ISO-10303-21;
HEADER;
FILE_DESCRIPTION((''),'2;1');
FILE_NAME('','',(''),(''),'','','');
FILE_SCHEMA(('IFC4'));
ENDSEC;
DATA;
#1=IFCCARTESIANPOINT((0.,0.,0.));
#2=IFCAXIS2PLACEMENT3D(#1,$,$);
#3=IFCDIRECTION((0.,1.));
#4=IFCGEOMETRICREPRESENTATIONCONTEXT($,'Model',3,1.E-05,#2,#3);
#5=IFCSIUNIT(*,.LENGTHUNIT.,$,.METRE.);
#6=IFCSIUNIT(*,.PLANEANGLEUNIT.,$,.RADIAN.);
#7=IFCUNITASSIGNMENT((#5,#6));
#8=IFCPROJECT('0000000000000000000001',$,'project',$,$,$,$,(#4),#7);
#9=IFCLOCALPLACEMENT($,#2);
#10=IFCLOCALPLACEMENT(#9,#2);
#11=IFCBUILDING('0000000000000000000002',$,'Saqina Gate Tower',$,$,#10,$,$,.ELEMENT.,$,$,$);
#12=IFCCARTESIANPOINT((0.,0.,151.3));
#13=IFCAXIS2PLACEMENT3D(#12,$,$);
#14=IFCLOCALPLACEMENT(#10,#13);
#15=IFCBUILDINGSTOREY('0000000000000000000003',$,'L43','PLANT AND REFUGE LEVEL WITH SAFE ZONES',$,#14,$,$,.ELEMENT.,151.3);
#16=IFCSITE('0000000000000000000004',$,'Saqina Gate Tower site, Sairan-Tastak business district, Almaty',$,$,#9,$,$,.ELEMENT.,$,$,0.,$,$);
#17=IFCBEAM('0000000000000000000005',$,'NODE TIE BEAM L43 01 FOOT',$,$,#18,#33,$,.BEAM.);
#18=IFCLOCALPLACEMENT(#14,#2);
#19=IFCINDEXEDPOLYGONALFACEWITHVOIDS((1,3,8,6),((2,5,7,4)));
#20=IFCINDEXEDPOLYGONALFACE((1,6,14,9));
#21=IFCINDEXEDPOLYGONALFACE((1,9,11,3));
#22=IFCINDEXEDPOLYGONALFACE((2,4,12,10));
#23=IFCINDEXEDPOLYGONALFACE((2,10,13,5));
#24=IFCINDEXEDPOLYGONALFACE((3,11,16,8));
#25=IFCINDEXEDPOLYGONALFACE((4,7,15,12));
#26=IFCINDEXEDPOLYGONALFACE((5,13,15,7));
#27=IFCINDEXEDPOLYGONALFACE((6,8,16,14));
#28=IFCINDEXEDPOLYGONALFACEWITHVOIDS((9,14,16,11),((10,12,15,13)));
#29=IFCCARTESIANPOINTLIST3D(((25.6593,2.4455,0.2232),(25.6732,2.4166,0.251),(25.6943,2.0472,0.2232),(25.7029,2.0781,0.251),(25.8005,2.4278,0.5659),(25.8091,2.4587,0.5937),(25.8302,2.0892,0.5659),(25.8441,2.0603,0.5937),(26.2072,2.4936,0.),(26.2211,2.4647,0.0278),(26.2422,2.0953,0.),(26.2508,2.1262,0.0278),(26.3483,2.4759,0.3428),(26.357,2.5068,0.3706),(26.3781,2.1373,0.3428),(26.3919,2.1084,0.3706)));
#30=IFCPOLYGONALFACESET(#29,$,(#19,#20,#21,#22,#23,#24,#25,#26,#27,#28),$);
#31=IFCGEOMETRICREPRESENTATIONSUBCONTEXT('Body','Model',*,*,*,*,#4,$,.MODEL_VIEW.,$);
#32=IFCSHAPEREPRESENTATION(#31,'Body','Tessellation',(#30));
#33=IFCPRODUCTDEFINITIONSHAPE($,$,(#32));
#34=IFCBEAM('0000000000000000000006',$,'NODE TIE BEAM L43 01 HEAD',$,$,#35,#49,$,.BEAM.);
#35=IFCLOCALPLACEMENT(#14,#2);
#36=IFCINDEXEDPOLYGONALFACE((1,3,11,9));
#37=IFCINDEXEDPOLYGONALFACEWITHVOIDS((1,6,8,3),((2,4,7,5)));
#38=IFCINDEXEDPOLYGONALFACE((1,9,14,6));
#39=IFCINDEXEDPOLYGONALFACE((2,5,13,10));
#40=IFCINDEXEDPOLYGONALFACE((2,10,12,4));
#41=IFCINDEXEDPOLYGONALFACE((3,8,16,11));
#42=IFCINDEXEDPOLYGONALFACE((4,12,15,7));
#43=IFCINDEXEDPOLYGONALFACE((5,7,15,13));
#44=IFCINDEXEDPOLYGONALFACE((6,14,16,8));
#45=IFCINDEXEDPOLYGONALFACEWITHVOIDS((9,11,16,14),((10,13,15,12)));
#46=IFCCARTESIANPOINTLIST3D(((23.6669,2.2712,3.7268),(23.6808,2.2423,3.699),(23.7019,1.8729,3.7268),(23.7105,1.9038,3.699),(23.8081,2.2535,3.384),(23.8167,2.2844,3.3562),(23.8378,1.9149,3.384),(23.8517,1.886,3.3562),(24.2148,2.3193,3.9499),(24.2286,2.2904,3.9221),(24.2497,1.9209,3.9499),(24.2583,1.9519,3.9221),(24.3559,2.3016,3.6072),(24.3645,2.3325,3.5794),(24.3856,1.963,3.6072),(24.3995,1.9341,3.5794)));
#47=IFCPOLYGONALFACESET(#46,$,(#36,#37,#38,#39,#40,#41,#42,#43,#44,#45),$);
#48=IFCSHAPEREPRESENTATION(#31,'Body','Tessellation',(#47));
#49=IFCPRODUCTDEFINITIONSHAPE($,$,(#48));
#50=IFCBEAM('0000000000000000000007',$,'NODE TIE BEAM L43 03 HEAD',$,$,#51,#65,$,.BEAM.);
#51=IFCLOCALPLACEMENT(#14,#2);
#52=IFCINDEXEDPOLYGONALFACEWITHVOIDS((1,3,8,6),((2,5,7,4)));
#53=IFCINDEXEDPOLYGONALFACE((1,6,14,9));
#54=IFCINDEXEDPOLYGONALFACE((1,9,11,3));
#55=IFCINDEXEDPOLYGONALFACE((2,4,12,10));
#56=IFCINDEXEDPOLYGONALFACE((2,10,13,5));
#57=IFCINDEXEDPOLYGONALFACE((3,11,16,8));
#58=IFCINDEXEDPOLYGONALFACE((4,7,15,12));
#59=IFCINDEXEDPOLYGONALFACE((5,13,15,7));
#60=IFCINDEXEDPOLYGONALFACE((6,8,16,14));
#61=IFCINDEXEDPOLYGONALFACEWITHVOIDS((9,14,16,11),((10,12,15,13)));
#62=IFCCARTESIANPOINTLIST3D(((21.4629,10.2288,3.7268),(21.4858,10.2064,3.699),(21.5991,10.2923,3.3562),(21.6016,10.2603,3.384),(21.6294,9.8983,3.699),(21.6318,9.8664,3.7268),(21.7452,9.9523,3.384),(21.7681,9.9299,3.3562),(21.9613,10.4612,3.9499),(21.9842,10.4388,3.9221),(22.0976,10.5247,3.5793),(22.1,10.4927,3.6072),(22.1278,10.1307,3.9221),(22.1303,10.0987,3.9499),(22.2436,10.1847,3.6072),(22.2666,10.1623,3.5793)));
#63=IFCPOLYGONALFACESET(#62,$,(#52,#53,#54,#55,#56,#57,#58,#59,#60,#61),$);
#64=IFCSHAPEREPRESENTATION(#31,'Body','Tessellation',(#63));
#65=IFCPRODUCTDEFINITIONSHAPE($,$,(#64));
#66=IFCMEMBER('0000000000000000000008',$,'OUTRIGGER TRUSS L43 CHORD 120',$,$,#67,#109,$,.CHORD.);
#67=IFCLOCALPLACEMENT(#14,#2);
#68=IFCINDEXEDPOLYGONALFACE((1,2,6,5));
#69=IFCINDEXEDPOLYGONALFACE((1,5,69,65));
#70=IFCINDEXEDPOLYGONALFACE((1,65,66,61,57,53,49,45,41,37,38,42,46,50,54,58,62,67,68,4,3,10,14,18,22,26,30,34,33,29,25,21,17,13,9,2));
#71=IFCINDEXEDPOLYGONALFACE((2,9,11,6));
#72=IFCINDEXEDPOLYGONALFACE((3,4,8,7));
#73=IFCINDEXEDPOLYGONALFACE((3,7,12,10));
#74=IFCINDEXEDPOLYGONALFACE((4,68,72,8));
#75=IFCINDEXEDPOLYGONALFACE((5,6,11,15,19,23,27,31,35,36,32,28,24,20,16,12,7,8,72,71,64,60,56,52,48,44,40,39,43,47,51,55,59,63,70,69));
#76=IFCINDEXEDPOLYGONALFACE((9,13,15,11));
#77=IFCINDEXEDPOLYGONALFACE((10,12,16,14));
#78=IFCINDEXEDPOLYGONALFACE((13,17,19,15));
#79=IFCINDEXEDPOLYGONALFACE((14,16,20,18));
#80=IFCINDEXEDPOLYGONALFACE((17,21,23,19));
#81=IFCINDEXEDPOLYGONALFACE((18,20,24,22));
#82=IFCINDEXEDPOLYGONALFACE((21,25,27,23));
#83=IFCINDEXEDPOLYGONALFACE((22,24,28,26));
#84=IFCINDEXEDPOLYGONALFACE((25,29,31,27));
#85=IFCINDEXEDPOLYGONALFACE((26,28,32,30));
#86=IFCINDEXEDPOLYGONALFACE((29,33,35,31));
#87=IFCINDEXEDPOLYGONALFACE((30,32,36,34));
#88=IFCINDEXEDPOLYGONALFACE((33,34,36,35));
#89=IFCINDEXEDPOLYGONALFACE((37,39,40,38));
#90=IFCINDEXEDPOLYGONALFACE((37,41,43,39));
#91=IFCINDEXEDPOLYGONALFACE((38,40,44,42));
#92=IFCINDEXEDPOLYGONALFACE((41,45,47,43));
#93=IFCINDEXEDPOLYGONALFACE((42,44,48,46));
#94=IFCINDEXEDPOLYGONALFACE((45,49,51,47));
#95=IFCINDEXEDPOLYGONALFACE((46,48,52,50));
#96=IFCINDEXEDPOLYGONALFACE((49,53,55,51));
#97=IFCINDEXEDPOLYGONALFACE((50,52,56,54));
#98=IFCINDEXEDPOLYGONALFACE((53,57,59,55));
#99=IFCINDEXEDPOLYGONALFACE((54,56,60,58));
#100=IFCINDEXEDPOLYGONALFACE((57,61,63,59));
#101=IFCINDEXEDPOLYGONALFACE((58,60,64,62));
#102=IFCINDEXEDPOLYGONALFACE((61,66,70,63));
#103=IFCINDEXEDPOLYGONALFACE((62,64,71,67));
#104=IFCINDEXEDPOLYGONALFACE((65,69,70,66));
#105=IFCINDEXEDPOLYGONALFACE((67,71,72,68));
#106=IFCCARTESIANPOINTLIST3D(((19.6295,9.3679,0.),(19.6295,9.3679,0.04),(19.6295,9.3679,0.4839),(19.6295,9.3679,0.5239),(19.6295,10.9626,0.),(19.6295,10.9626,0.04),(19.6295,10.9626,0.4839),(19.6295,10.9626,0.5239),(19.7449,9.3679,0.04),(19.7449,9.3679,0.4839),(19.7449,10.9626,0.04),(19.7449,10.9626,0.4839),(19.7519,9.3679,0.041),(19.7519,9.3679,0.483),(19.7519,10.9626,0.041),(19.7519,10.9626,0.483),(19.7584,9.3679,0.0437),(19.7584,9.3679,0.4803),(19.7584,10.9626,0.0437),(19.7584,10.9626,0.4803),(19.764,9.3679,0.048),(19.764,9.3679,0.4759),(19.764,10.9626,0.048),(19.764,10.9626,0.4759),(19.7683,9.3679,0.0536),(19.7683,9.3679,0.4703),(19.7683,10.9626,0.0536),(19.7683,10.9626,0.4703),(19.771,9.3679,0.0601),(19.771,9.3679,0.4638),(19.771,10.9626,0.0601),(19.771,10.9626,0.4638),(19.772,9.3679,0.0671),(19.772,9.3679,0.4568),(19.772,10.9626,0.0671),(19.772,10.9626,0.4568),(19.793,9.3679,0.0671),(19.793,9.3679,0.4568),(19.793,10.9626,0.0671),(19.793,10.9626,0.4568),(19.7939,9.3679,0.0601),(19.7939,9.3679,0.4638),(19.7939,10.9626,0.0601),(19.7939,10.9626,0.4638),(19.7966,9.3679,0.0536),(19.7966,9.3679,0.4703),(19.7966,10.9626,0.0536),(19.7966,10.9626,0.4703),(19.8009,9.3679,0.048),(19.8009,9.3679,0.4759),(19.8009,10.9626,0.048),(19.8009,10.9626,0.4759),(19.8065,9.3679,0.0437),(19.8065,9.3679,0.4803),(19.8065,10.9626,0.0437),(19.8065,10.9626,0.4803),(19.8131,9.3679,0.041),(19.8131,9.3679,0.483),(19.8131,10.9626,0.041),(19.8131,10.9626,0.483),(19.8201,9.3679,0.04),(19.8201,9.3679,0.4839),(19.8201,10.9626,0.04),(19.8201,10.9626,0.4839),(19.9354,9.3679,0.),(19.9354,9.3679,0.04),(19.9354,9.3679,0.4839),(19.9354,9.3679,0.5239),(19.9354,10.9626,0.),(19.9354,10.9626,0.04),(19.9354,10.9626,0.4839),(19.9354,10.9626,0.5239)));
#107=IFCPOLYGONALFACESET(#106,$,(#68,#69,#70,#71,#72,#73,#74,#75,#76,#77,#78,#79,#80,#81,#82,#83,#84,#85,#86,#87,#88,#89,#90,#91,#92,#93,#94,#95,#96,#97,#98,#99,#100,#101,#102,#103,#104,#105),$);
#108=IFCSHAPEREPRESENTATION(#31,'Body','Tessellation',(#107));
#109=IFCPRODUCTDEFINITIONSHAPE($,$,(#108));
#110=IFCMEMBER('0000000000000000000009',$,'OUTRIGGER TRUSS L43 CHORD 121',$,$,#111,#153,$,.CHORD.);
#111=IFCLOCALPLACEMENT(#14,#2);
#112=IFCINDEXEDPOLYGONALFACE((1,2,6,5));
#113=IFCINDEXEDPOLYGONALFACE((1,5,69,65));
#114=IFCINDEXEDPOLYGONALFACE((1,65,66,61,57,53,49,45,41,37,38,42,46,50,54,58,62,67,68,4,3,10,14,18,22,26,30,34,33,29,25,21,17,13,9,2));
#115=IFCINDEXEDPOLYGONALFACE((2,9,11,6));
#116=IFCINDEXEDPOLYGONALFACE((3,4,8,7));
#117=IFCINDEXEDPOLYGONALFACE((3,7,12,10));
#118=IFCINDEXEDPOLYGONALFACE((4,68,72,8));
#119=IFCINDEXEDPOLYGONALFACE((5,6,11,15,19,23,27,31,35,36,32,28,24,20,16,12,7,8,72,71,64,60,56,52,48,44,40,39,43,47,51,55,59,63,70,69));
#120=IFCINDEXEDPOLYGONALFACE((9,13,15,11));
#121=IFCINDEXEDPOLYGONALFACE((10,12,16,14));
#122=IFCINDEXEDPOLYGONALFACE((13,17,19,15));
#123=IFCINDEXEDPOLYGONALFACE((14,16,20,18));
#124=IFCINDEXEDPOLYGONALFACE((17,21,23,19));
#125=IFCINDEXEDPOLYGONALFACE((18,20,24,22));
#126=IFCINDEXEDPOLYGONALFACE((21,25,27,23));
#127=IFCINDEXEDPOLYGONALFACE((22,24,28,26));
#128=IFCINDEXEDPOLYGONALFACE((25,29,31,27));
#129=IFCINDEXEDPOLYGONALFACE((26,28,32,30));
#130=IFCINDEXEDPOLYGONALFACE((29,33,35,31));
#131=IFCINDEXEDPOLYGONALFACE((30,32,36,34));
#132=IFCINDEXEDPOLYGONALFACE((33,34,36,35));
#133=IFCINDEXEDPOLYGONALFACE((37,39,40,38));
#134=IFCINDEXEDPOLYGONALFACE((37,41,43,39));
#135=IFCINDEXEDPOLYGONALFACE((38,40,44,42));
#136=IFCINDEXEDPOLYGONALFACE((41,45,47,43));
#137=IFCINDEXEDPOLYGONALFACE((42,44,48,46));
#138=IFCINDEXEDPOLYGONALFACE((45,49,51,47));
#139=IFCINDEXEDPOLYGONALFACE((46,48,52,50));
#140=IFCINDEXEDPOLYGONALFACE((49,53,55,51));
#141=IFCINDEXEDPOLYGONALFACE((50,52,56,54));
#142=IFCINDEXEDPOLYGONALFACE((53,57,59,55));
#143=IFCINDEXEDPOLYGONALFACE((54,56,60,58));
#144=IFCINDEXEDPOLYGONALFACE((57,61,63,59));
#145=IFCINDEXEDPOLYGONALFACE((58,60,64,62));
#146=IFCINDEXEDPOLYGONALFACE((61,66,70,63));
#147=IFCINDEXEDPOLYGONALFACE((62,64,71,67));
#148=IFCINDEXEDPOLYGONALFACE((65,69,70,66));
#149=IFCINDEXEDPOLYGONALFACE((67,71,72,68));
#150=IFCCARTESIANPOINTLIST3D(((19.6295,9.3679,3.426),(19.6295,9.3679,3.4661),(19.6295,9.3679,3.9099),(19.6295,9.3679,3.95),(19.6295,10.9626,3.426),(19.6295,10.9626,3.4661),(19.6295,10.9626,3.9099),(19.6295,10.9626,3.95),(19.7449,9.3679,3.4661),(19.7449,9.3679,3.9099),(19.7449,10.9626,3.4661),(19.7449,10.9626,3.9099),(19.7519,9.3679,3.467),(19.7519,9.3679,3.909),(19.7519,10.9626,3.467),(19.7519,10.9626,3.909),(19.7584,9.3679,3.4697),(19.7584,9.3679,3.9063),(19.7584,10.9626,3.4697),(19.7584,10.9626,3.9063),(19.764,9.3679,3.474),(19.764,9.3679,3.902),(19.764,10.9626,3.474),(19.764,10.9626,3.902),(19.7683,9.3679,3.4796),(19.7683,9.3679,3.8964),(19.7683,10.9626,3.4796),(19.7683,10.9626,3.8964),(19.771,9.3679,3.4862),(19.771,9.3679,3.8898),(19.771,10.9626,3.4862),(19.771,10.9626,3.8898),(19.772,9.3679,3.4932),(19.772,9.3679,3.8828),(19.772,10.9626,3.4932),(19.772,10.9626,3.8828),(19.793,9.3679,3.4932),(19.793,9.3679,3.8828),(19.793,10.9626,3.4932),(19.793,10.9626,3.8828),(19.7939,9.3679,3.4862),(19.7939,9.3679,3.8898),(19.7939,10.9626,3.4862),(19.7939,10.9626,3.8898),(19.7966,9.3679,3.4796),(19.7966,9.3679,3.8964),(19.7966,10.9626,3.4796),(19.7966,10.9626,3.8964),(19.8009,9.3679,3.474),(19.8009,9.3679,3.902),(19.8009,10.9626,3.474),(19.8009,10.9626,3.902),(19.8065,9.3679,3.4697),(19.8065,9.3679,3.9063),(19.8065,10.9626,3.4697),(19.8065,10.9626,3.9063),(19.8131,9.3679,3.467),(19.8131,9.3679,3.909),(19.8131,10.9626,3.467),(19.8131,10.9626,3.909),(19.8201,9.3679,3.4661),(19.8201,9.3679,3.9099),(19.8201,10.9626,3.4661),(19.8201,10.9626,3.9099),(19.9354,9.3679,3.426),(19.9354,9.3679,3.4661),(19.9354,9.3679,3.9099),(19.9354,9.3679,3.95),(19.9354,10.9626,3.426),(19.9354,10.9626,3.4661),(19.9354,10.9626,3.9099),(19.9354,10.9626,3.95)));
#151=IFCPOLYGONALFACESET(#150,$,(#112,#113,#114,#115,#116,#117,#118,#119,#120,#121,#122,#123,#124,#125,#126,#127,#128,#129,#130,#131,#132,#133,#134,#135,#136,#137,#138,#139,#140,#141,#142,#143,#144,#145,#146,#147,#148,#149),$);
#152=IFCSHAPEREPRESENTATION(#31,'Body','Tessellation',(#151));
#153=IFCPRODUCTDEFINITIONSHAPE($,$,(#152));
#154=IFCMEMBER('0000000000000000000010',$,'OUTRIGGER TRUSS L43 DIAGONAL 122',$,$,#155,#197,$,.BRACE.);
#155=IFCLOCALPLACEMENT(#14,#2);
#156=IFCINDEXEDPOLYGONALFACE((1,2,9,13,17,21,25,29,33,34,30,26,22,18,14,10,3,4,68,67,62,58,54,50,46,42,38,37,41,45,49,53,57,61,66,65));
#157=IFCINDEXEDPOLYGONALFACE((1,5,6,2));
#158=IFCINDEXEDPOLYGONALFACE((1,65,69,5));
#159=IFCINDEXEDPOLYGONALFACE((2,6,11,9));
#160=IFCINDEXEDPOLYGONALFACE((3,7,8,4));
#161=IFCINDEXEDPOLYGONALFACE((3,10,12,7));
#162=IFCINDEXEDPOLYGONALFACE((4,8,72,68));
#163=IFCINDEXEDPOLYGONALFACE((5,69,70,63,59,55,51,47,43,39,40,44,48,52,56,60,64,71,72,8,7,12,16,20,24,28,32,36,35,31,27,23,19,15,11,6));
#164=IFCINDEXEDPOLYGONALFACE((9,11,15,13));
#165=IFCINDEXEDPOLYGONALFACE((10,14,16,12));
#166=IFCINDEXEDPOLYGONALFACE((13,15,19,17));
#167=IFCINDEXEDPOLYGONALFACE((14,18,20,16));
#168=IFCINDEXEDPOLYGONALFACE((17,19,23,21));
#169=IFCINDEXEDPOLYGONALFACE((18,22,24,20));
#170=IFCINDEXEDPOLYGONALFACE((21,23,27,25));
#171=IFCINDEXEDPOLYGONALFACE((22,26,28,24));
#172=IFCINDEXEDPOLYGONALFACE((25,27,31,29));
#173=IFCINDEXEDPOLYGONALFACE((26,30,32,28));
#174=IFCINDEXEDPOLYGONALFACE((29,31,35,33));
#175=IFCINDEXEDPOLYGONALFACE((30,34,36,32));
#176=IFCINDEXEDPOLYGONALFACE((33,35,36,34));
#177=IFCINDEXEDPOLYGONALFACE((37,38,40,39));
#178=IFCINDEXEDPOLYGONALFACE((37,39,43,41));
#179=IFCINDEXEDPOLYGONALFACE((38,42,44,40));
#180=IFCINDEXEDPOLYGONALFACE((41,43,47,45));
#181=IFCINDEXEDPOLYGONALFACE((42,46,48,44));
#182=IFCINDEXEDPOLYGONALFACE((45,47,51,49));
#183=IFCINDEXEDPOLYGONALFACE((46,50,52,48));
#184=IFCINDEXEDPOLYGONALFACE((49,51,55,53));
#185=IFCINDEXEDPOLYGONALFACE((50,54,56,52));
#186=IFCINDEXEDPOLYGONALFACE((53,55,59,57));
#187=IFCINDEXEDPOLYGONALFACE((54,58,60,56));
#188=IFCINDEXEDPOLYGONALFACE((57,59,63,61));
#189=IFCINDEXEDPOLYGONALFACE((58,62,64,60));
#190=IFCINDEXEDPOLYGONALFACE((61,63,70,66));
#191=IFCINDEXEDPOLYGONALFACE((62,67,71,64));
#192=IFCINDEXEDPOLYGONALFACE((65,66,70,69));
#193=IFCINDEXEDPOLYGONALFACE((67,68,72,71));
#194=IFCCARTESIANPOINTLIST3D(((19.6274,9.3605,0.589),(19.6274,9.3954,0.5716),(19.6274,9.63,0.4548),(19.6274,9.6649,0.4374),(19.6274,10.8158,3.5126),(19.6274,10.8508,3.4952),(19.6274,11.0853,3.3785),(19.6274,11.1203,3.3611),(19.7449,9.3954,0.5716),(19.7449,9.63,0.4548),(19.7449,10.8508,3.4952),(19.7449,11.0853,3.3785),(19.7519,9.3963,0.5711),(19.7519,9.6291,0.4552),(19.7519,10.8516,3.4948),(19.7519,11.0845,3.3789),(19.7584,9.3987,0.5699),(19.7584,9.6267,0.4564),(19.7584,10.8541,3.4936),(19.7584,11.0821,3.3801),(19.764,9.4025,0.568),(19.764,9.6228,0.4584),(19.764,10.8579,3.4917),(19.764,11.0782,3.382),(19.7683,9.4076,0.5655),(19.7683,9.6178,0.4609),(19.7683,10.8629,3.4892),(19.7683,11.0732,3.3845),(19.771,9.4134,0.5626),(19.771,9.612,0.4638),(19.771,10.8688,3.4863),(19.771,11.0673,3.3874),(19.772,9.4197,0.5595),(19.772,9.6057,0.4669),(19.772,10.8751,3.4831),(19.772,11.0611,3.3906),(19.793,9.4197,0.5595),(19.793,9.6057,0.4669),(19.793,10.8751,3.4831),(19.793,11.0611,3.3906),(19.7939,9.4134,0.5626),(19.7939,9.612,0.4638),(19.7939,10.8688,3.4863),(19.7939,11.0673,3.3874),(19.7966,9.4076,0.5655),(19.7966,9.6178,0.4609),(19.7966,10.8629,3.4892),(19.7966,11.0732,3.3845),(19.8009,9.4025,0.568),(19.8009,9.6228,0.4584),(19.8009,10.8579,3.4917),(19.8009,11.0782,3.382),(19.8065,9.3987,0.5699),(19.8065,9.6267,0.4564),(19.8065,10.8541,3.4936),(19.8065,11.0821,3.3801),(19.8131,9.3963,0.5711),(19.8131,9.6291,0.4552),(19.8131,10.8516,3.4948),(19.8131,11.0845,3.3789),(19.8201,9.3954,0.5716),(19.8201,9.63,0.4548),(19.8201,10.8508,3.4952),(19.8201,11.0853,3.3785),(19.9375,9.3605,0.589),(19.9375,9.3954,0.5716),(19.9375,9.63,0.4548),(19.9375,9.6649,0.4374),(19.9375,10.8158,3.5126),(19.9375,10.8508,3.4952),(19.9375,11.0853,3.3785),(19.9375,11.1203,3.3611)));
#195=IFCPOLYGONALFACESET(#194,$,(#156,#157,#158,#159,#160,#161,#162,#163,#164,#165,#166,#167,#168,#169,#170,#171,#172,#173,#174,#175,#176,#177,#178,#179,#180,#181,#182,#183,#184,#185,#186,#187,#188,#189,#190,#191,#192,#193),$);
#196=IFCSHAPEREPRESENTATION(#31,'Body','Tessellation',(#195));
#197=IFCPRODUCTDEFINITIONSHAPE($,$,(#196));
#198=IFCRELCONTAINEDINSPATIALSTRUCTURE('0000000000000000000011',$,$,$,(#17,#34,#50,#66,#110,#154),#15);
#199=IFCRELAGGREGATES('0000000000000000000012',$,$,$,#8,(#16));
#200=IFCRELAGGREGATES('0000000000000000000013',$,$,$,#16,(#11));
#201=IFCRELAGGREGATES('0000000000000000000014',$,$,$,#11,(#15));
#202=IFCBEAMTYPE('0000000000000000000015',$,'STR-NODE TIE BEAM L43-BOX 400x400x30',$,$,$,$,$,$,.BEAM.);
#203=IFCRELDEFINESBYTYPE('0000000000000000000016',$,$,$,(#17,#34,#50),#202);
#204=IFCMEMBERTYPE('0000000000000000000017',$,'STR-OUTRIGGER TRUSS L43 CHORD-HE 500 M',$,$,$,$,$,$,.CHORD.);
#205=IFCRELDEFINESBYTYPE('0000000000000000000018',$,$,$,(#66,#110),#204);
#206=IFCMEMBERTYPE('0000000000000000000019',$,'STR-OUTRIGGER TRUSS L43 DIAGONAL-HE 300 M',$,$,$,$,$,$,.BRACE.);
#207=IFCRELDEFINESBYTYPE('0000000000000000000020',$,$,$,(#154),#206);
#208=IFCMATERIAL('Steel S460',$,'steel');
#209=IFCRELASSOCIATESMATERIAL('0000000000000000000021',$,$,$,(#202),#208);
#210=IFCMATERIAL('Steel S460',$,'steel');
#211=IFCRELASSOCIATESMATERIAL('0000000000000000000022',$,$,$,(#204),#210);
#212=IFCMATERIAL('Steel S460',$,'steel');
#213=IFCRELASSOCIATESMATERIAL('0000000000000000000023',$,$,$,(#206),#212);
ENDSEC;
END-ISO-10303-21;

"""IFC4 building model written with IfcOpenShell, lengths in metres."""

from ifc_helpers import new_model, si_unit, direction, frame, origin, origin_2d, place, context, subcontext, project, spatial, hollow_rectangle, i_section, extrude, material, material_profile, profile_set, type_object, element, save


model = new_model("IFC4")

# Units and contexts
model_context = context("Model", 3, precision=1e-05, world=origin(), true_north=direction((0.0, 1.0)))
body_context = subcontext(model_context, "Body", "Model", "MODEL_VIEW")
ifc_project = project(units=[si_unit("LENGTHUNIT", "METRE"), si_unit("PLANEANGLEUNIT", "RADIAN")], contexts=[model_context])

# Site, building, storey
site_placement = place(None, origin())
site = spatial("IfcSite", under=ifc_project, at=site_placement, Name="Saqina Gate Tower site, Sairan-Tastak business district, Almaty", CompositionType="ELEMENT", RefElevation=0.0)
building_placement = place(site_placement, origin())
building = spatial("IfcBuilding", under=site, at=building_placement, Name="Saqina Gate Tower", CompositionType="ELEMENT")
storey_placement = place(building_placement, frame((0.0, 0.0, 151.3)))
storey = spatial("IfcBuildingStorey", under=building, at=storey_placement, Name="L43", Description="PLANT AND REFUGE LEVEL WITH SAFE ZONES", CompositionType="ELEMENT", Elevation=151.3)

# Beams
ifc_material_1 = material(Name="Steel S460", Category="steel")
ifc_material_profile_1 = material_profile(ifc_material_1, hollow_rectangle(XDim=0.3999, YDim=0.3999, WallThickness=0.03, at=origin_2d()), Name="BOX 400x400x30")
ifc_profile_set_1 = profile_set([ifc_material_profile_1], Name="Steel S460")
beam_type_1 = type_object("IfcBeamType", Name="STR-NODE TIE BEAM L43-BOX 400x400x30", PredefinedType="BEAM", material=ifc_profile_set_1)
for number, where, z_axis, x_axis, name in (
    (1, (26.2996, 2.301, 0.1853), (-0.923078, -0.081037, 0.375978), (0.087453, -0.996169, 0.0), "NODE TIE BEAM L43 01 FOOT"),
    (2, (23.7593, 2.0786, 3.5415), (0.923078, 0.081037, 0.375978), (-0.087453, 0.996169, 0.0), "NODE TIE BEAM L43 01 HEAD"),
    (3, (21.6155, 10.0793, 3.5415), (0.839863, 0.391552, 0.375923), (-0.422545, 0.906342, 0.0), "NODE TIE BEAM L43 03 HEAD"),
):
    element("IfcBeam", number, at=place(storey_placement, frame(where, z_axis=z_axis, x_axis=x_axis)), inside=storey, type_object=beam_type_1, Name=name, PredefinedType="BEAM", context=body_context, shape_type="SweptSolid", body=[
        extrude(hollow_rectangle(XDim=0.3999, YDim=0.3999, WallThickness=0.03, at=origin_2d()), origin(), (0.0, 0.0, 1.0), 0.5935),
    ])

# Members
ifc_material_2 = material(Name="Steel S460", Category="steel")
ifc_material_profile_2 = material_profile(ifc_material_2, i_section(OverallWidth=0.3059, OverallDepth=0.5239, WebThickness=0.021, FlangeThickness=0.04, FilletRadius=0.0271, at=origin_2d()), Name="HE 500 M")
ifc_profile_set_2 = profile_set([ifc_material_profile_2], Name="Steel S460")
member_type_1 = type_object("IfcMemberType", Name="STR-OUTRIGGER TRUSS L43 CHORD-HE 500 M", PredefinedType="CHORD", material=ifc_profile_set_2)
for number, where, z_axis, x_axis, name in (
    (4, (19.7825, 9.3679, 0.262), (0.0, 1.0, 0.0), (-1.0, 0.0, 0.0), "OUTRIGGER TRUSS L43 CHORD 120"),
    (5, (19.7825, 9.3679, 3.688), (0.0, 1.0, 0.0), (-1.0, 0.0, 0.0), "OUTRIGGER TRUSS L43 CHORD 121"),
):
    element("IfcMember", number, at=place(storey_placement, frame(where, z_axis=z_axis, x_axis=x_axis)), inside=storey, type_object=member_type_1, Name=name, PredefinedType="CHORD", context=body_context, shape_type="SweptSolid", body=[
        extrude(i_section(OverallWidth=0.3059, OverallDepth=0.5239, WebThickness=0.021, FlangeThickness=0.04, FilletRadius=0.0271, at=origin_2d()), origin(), (0.0, 0.0, 1.0), 1.5947),
    ])
ifc_material_3 = material(Name="Steel S460", Category="steel")
ifc_material_profile_3 = material_profile(ifc_material_3, i_section(OverallWidth=0.3101, OverallDepth=0.3401, WebThickness=0.021, FlangeThickness=0.0391, FilletRadius=0.0271, at=origin_2d()), Name="HE 300 M")
ifc_profile_set_3 = profile_set([ifc_material_profile_3], Name="Steel S460")
member_type_2 = type_object("IfcMemberType", Name="STR-OUTRIGGER TRUSS L43 DIAGONAL-HE 300 M", PredefinedType="BRACE", material=ifc_profile_set_3)
member_1_placement = place(storey_placement, frame((19.7825, 9.5127, 0.5132), z_axis=(0.0, 0.445628, 0.895218), x_axis=(-1.0, 0.0, 0.0)))
element("IfcMember", 6, at=member_1_placement, inside=storey, type_object=member_type_2, Name="OUTRIGGER TRUSS L43 DIAGONAL 122", PredefinedType="BRACE", context=body_context, shape_type="SweptSolid", body=[
    extrude(i_section(OverallWidth=0.3101, OverallDepth=0.3401, WebThickness=0.021, FlangeThickness=0.0391, FilletRadius=0.0271, at=origin_2d()), origin(), (0.0, 0.0, 1.0), 3.2659),
])

save(model, "model.ifc")
